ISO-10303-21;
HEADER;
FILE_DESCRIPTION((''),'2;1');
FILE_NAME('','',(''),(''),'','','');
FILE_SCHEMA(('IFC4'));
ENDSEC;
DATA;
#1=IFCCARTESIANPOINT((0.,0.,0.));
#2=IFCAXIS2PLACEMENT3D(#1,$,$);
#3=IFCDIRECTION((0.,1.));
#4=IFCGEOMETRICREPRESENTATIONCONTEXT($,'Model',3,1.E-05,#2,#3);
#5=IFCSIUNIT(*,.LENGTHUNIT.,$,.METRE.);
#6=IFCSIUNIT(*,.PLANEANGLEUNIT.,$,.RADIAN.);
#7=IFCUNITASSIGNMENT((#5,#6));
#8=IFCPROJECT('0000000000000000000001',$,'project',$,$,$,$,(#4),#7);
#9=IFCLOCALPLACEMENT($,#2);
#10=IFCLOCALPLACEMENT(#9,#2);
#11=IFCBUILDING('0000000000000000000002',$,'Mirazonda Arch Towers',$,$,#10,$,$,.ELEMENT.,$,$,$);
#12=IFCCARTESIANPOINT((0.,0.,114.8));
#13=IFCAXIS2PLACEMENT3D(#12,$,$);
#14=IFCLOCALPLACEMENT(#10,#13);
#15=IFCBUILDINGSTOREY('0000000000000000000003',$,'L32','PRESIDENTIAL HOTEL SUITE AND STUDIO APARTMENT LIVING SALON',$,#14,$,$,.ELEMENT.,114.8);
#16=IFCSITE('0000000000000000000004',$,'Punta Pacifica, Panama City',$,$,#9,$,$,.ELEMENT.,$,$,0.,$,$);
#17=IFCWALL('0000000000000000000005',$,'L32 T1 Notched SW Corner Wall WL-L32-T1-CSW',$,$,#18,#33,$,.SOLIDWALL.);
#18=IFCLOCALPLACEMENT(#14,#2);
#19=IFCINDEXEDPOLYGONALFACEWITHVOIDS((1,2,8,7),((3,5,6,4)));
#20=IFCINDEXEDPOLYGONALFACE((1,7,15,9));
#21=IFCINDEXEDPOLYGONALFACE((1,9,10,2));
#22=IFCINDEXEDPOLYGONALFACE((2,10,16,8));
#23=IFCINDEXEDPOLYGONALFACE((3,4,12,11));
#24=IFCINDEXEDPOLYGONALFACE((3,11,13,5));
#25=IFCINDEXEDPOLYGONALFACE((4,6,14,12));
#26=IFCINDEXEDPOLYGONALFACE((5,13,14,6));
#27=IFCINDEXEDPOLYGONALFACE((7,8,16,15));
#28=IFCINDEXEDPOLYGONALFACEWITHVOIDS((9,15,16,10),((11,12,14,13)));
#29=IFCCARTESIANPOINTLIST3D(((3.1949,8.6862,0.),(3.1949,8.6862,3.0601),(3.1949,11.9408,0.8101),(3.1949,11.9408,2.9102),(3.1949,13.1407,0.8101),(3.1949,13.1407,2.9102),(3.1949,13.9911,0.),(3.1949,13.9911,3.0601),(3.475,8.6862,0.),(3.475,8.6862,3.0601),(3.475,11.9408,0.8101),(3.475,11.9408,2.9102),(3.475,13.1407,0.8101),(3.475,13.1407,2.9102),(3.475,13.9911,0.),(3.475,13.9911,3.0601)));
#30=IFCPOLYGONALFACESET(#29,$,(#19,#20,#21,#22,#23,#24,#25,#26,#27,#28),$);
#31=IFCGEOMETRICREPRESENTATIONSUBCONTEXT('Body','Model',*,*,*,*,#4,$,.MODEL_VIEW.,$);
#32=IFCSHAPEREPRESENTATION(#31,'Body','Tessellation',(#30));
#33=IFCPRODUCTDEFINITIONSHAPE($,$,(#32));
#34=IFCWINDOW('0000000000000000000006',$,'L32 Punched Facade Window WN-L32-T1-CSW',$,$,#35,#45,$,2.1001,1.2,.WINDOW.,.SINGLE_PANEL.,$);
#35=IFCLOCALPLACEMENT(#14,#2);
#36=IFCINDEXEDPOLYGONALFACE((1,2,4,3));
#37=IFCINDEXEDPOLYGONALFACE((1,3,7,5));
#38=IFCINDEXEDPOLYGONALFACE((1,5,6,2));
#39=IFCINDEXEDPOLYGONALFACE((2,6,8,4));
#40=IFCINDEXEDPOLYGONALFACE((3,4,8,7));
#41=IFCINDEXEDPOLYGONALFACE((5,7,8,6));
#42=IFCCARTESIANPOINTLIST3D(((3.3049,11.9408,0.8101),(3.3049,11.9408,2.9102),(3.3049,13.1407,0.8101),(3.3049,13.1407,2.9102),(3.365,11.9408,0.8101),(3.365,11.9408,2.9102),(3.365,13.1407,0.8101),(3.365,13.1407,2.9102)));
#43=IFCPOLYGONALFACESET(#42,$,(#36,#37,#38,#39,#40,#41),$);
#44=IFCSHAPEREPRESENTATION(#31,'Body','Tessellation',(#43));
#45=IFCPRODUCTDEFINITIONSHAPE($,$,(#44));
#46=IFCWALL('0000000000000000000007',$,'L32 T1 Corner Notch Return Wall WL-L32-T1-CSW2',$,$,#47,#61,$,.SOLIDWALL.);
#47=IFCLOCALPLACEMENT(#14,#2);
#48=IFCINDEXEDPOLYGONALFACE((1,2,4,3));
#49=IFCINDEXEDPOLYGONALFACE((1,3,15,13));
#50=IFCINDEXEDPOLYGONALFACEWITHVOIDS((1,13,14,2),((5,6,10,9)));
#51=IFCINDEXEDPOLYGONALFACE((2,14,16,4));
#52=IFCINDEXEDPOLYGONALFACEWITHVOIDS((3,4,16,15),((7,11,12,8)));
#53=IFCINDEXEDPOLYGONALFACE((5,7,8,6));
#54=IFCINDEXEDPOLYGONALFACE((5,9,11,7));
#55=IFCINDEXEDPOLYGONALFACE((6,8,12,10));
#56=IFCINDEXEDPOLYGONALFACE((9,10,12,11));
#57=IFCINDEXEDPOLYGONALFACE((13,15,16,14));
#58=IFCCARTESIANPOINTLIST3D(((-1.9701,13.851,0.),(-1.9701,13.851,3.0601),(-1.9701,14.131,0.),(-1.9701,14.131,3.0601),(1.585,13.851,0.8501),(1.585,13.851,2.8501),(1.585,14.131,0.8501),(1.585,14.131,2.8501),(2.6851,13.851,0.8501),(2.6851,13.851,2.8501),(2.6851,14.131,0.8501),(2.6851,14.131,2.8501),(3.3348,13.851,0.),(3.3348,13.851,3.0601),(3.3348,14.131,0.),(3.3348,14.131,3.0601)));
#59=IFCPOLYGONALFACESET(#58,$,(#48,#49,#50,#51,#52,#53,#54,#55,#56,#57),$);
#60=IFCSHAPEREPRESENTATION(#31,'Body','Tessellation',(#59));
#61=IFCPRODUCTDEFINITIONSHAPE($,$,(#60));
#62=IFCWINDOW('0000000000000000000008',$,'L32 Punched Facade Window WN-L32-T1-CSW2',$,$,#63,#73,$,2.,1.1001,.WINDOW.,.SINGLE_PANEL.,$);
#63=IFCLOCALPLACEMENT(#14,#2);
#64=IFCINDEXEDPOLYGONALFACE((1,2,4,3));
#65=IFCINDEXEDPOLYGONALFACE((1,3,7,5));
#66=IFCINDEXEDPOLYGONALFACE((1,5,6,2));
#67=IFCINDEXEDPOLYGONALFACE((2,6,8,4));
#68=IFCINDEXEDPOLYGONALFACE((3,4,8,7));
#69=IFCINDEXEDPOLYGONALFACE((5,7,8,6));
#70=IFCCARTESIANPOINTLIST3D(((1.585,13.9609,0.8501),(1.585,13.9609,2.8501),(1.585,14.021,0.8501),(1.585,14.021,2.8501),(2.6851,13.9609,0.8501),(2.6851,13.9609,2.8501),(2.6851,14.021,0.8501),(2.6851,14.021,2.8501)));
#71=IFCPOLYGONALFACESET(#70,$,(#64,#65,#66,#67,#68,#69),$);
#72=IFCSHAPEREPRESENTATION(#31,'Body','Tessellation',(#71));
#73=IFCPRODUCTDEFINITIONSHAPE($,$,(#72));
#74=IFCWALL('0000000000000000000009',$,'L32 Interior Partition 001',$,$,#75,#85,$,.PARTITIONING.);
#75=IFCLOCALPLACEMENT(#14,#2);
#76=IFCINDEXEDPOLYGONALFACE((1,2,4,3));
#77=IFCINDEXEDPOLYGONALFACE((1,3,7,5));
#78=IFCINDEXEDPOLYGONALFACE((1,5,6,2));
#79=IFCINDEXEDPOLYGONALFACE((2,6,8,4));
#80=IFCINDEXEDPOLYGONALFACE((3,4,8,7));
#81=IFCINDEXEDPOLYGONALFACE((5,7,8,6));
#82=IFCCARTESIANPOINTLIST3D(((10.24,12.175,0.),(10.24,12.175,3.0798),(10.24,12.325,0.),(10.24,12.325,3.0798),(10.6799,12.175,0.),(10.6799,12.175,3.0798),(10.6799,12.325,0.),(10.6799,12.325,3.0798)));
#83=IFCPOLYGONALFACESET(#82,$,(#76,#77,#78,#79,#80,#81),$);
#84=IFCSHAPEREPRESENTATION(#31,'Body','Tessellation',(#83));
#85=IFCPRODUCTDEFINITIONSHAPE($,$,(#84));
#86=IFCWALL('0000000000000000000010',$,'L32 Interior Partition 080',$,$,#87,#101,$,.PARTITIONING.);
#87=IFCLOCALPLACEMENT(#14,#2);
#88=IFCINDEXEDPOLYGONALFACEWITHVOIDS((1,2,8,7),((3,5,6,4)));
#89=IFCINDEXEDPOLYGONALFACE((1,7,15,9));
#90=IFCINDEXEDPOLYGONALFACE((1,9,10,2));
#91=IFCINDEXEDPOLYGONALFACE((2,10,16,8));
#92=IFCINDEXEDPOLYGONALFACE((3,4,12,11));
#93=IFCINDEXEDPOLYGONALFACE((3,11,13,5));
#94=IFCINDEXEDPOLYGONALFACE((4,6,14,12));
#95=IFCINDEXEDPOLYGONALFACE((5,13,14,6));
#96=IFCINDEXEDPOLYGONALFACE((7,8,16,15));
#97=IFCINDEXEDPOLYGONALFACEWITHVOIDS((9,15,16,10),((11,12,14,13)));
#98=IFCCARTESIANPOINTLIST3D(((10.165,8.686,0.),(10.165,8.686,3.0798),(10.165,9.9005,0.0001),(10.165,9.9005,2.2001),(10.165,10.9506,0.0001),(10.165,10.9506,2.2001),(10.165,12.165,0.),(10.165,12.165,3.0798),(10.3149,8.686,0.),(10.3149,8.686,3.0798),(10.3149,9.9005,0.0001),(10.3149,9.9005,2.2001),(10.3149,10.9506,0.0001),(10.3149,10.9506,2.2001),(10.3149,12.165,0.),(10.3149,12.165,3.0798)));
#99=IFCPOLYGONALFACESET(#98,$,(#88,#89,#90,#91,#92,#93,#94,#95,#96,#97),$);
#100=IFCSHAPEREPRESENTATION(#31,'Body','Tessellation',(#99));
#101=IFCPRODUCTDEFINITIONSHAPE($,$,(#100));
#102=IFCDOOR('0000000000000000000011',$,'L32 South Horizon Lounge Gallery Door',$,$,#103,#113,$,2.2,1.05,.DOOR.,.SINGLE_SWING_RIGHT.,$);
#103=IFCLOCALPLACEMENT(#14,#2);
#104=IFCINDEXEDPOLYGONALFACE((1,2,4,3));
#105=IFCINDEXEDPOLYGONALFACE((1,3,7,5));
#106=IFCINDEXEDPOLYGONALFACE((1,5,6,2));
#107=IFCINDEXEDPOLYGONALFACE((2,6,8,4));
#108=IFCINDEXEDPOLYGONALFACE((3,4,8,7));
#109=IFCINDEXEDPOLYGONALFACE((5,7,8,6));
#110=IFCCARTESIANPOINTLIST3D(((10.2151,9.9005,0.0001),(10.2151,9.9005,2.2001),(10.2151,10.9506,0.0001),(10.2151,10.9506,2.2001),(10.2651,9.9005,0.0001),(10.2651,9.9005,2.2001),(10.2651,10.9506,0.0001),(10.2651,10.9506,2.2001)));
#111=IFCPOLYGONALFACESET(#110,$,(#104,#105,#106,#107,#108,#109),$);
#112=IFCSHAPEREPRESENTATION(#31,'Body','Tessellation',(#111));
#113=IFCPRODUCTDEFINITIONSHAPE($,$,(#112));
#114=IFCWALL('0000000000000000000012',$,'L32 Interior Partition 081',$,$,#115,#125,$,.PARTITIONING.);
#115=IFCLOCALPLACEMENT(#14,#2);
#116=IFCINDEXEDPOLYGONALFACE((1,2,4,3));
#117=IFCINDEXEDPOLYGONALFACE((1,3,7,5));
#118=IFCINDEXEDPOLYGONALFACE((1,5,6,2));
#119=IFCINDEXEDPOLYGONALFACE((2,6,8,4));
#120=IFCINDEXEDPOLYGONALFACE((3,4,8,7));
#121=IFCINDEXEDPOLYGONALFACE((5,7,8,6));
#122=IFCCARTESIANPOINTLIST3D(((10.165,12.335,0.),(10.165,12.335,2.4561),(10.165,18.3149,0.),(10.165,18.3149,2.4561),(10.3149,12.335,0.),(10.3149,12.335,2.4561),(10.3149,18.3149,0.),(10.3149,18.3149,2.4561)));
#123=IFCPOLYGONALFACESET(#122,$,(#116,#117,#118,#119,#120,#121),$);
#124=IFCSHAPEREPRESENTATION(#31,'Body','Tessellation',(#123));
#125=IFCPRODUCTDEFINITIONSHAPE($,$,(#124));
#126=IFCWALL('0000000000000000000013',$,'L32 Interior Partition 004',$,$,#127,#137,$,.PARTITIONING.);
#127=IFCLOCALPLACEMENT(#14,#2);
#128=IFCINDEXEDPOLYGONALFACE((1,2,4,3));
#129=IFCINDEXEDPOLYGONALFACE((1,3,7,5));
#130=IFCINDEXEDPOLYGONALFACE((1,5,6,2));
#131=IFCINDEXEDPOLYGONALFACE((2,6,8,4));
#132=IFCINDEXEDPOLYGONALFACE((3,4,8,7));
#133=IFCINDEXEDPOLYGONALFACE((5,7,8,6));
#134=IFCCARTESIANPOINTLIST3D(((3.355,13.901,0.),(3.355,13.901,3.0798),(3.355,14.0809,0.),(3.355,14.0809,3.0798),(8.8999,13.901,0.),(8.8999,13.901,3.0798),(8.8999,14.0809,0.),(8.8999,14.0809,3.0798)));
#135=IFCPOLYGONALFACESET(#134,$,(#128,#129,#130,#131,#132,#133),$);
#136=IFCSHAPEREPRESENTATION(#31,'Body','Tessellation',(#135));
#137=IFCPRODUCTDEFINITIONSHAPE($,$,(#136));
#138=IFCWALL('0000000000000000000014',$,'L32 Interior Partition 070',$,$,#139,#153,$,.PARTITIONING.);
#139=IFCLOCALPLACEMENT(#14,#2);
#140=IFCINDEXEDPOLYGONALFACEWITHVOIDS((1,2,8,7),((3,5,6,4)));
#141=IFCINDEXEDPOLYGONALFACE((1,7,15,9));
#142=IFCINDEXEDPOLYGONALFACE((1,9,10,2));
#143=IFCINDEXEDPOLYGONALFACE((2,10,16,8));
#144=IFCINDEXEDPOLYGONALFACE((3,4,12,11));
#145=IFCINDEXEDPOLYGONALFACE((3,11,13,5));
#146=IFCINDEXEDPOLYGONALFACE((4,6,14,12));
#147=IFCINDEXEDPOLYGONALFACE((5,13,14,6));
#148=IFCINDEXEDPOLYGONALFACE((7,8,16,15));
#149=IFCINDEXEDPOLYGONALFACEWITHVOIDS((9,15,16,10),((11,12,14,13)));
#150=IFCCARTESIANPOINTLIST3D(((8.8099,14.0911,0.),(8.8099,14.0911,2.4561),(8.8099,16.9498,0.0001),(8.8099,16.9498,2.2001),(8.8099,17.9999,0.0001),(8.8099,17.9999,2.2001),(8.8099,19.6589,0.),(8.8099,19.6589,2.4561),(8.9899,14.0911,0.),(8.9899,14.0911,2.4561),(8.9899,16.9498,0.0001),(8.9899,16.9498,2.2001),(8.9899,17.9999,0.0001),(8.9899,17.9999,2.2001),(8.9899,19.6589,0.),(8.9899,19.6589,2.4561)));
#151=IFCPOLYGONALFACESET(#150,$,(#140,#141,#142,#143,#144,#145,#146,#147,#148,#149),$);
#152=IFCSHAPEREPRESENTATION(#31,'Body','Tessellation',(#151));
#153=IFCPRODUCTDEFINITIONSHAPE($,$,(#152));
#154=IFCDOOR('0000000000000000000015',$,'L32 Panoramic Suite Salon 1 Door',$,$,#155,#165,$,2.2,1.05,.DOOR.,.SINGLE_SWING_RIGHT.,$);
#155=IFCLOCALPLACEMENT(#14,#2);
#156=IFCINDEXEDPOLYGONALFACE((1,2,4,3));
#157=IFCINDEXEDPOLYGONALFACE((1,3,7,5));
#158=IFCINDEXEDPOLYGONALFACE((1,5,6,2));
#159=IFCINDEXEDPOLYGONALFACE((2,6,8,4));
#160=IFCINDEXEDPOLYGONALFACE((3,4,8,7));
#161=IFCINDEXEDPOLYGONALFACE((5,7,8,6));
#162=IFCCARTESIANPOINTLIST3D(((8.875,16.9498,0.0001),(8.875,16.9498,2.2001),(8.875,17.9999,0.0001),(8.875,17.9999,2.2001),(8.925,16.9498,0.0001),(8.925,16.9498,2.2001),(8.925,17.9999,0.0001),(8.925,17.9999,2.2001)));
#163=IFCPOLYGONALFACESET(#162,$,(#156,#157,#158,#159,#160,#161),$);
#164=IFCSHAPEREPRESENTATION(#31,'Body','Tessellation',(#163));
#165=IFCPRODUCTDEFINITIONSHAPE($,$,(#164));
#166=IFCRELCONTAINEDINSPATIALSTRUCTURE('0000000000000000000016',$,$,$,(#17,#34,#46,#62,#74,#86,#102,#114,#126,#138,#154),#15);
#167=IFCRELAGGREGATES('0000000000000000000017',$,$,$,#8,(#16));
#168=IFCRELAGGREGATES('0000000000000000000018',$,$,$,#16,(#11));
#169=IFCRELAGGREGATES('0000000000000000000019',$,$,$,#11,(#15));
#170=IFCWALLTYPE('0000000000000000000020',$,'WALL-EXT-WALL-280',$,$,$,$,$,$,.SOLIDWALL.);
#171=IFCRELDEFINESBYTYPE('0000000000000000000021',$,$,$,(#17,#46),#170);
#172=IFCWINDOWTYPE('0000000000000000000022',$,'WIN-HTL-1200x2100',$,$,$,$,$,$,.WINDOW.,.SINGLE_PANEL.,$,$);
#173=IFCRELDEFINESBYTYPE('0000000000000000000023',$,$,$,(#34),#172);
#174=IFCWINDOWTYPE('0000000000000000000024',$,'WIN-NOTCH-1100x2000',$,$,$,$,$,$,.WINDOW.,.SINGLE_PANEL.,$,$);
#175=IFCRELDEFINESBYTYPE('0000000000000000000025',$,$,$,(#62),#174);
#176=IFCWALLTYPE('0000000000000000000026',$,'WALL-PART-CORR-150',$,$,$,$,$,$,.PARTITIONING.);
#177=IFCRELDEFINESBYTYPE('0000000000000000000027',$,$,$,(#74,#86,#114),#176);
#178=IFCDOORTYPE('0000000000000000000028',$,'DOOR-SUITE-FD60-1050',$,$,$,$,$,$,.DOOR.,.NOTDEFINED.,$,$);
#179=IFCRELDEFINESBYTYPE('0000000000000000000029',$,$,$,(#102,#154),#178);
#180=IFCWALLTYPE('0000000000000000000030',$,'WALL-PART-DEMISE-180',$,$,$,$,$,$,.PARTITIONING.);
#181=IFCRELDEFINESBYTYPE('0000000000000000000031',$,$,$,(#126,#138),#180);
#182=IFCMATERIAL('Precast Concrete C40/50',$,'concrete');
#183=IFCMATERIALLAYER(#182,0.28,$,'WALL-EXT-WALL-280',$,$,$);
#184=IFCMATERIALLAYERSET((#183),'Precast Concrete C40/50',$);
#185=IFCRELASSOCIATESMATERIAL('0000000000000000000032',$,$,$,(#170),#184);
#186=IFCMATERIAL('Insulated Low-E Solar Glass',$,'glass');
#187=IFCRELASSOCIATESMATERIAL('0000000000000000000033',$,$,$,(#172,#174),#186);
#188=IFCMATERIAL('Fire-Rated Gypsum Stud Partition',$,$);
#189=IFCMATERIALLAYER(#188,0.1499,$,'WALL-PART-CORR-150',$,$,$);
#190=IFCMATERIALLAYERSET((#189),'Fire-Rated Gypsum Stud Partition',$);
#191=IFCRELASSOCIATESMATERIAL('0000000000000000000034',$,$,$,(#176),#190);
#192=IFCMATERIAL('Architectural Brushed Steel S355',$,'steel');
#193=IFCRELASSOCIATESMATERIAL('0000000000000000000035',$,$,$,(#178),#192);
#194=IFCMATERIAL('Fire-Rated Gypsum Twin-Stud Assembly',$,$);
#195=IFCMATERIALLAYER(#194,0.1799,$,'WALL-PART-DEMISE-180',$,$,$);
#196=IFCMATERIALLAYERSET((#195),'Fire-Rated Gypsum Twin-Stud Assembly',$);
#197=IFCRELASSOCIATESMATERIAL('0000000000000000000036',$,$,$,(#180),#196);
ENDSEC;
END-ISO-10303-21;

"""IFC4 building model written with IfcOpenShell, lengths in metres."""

from ifc_helpers import new_model, si_unit, direction, frame, frame_2d, origin, place, context, subcontext, project, spatial, rectangle, extrude, material, layer, layer_set, type_object, element, fill, save


model = new_model("IFC4")

# Units and contexts
model_context = context("Model", 3, precision=1e-05, world=origin(), true_north=direction((0.0, 1.0)))
body_context = subcontext(model_context, "Body", "Model", "MODEL_VIEW")
ifc_project = project(units=[si_unit("LENGTHUNIT", "METRE"), si_unit("PLANEANGLEUNIT", "RADIAN")], contexts=[model_context])

# Site, building, storey
site_placement = place(None, origin())
site = spatial("IfcSite", under=ifc_project, at=site_placement, Name="Punta Pacifica, Panama City", CompositionType="ELEMENT", RefElevation=0.0)
building_placement = place(site_placement, origin())
building = spatial("IfcBuilding", under=site, at=building_placement, Name="Mirazonda Arch Towers", CompositionType="ELEMENT")
storey_placement = place(building_placement, frame((0.0, 0.0, 114.8)))
storey = spatial("IfcBuildingStorey", under=building, at=storey_placement, Name="L32", Description="PRESIDENTIAL HOTEL SUITE AND STUDIO APARTMENT LIVING SALON", CompositionType="ELEMENT", Elevation=114.8)

# Shared definitions
ifc_material_1 = material(Name="Insulated Low-E Solar Glass", Category="glass")

# Walls, openings, windows
ifc_material_2 = material(Name="Precast Concrete C40/50", Category="concrete")
ifc_layer_1 = layer(ifc_material_2, 0.28, Name="WALL-EXT-WALL-280")
ifc_layer_set_1 = layer_set([ifc_layer_1], Name="Precast Concrete C40/50")
wall_type_1 = type_object("IfcWallType", Name="WALL-EXT-WALL-280", PredefinedType="SOLIDWALL", material=ifc_layer_set_1)
wall_1_placement = place(storey_placement, frame((3.335, 13.991, 0.0), z_axis=(0.0, 0.0, 1.0), x_axis=(0.0, -1.0, 0.0)))
wall_1 = element("IfcWall", 1, at=wall_1_placement, inside=storey, type_object=wall_type_1, Name="L32 T1 Notched SW Corner Wall WL-L32-T1-CSW", PredefinedType="SOLIDWALL", context=body_context, shape_type="SweptSolid", body=[
    extrude(rectangle(XDim=5.3049, YDim=0.28, at=frame_2d((2.6523, 0.0))), origin(), (0.0, 0.0, 1.0), 3.0601),
])
opening_1_placement = place(wall_1_placement, frame((0.8501, 0.0, 0.8101)))
opening_1 = element("IfcOpeningElement", 2, at=opening_1_placement, cuts=wall_1, PredefinedType="OPENING", context=body_context, shape_type="SweptSolid", body=[
    extrude(rectangle(XDim=1.2, YDim=2.1001, at=frame_2d((0.6001, 1.05))), frame((0.0, 0.1499, 0.0), z_axis=(0.0, -1.0, 0.0), x_axis=(1.0, 0.0, 0.0)), (0.0, 0.0, 1.0), 0.3),
])
window_type_1 = type_object("IfcWindowType", Name="WIN-HTL-1200x2100", PartitioningType="SINGLE_PANEL", PredefinedType="WINDOW", material=ifc_material_1)
window_1_placement = place(opening_1_placement, origin())
window_1 = element("IfcWindow", 3, at=window_1_placement, inside=storey, type_object=window_type_1, Name="L32 Punched Facade Window WN-L32-T1-CSW", OverallHeight=2.1001, OverallWidth=1.2, PartitioningType="SINGLE_PANEL", PredefinedType="WINDOW", context=body_context, shape_type="SweptSolid", body=[
    extrude(rectangle(XDim=1.2, YDim=2.1001, at=frame_2d((0.6001, 1.05))), frame((0.0, 0.03, 0.0), z_axis=(0.0, -1.0, 0.0), x_axis=(1.0, 0.0, 0.0)), (0.0, 0.0, 1.0), 0.0601),
])
fill(opening_1, window_1)
wall_2_placement = place(storey_placement, frame((-1.97, 13.991, 0.0), z_axis=(0.0, 0.0, 1.0), x_axis=(1.0, 0.0, 0.0)))
wall_2 = element("IfcWall", 4, at=wall_2_placement, inside=storey, type_object=wall_type_1, Name="L32 T1 Corner Notch Return Wall WL-L32-T1-CSW2", PredefinedType="SOLIDWALL", context=body_context, shape_type="SweptSolid", body=[
    extrude(rectangle(XDim=5.3049, YDim=0.28, at=frame_2d((2.6523, 0.0))), origin(), (0.0, 0.0, 1.0), 3.0601),
])
opening_2_placement = place(wall_2_placement, frame((3.5549, 0.0, 0.8501)))
opening_2 = element("IfcOpeningElement", 5, at=opening_2_placement, cuts=wall_2, PredefinedType="OPENING", context=body_context, shape_type="SweptSolid", body=[
    extrude(rectangle(XDim=1.1001, YDim=2.0, at=frame_2d((0.55, 1.0))), frame((0.0, 0.1499, 0.0), z_axis=(0.0, -1.0, 0.0), x_axis=(1.0, 0.0, 0.0)), (0.0, 0.0, 1.0), 0.3),
])
window_type_2 = type_object("IfcWindowType", Name="WIN-NOTCH-1100x2000", PartitioningType="SINGLE_PANEL", PredefinedType="WINDOW", material=ifc_material_1)
window_2_placement = place(opening_2_placement, origin())
window_2 = element("IfcWindow", 6, at=window_2_placement, inside=storey, type_object=window_type_2, Name="L32 Punched Facade Window WN-L32-T1-CSW2", OverallHeight=2.0, OverallWidth=1.1001, PartitioningType="SINGLE_PANEL", PredefinedType="WINDOW", context=body_context, shape_type="SweptSolid", body=[
    extrude(rectangle(XDim=1.1001, YDim=2.0, at=frame_2d((0.55, 1.0))), frame((0.0, 0.03, 0.0), z_axis=(0.0, -1.0, 0.0), x_axis=(1.0, 0.0, 0.0)), (0.0, 0.0, 1.0), 0.0601),
])
fill(opening_2, window_2)

# Wall
ifc_material_3 = material(Name="Fire-Rated Gypsum Stud Partition")
ifc_layer_2 = layer(ifc_material_3, 0.1499, Name="WALL-PART-CORR-150")
ifc_layer_set_2 = layer_set([ifc_layer_2], Name="Fire-Rated Gypsum Stud Partition")
wall_type_2 = type_object("IfcWallType", Name="WALL-PART-CORR-150", PredefinedType="PARTITIONING", material=ifc_layer_set_2)
wall_3_placement = place(storey_placement, frame((10.24, 12.25, 0.0), z_axis=(0.0, 0.0, 1.0), x_axis=(1.0, 0.0, 0.0)))
element("IfcWall", 7, at=wall_3_placement, inside=storey, type_object=wall_type_2, Name="L32 Interior Partition 001", PredefinedType="PARTITIONING", context=body_context, shape_type="SweptSolid", body=[
    extrude(rectangle(XDim=0.4399, YDim=0.1499, at=frame_2d((0.22, 0.0))), origin(), (0.0, 0.0, 1.0), 3.0798),
])

# Wall, opening, door
wall_4_placement = place(storey_placement, frame((10.24, 8.686, 0.0), z_axis=(0.0, 0.0, 1.0), x_axis=(0.0, 1.0, 0.0)))
wall_4 = element("IfcWall", 8, at=wall_4_placement, inside=storey, type_object=wall_type_2, Name="L32 Interior Partition 080", PredefinedType="PARTITIONING", context=body_context, shape_type="SweptSolid", body=[
    extrude(rectangle(XDim=3.479, YDim=0.1499, at=frame_2d((1.7395, 0.0))), origin(), (0.0, 0.0, 1.0), 3.0798),
])
opening_3_placement = place(wall_4_placement, frame((1.2146, 0.0, 0.0)))
opening_3 = element("IfcOpeningElement", 9, at=opening_3_placement, cuts=wall_4, PredefinedType="OPENING", context=body_context, shape_type="SweptSolid", body=[
    extrude(rectangle(XDim=1.05, YDim=2.2, at=frame_2d((0.5249, 1.1001))), frame((0.0, 0.085, 0.0), z_axis=(0.0, -1.0, 0.0), x_axis=(1.0, 0.0, 0.0)), (0.0, 0.0, 1.0), 0.1699),
])
ifc_material_4 = material(Name="Architectural Brushed Steel S355", Category="steel")
door_type_1 = type_object("IfcDoorType", Name="DOOR-SUITE-FD60-1050", OperationType="NOTDEFINED", PredefinedType="DOOR", material=ifc_material_4)
door_1_placement = place(opening_3_placement, origin())
door_1 = element("IfcDoor", 10, at=door_1_placement, inside=storey, type_object=door_type_1, Name="L32 South Horizon Lounge Gallery Door", OperationType="SINGLE_SWING_RIGHT", OverallHeight=2.2, OverallWidth=1.05, PredefinedType="DOOR", context=body_context, shape_type="SweptSolid", body=[
    extrude(rectangle(XDim=1.05, YDim=2.2, at=frame_2d((0.5249, 1.1001))), frame((0.0, 0.0249, 0.0), z_axis=(0.0, -1.0, 0.0), x_axis=(1.0, 0.0, 0.0)), (0.0, 0.0, 1.0), 0.05),
])
fill(opening_3, door_1)

# Walls
wall_5_placement = place(storey_placement, frame((10.24, 12.335, 0.0), z_axis=(0.0, 0.0, 1.0), x_axis=(0.0, 1.0, 0.0)))
element("IfcWall", 11, at=wall_5_placement, inside=storey, type_object=wall_type_2, Name="L32 Interior Partition 081", PredefinedType="PARTITIONING", context=body_context, shape_type="SweptSolid", body=[
    extrude(rectangle(XDim=5.98, YDim=0.1499, at=frame_2d((2.99, 0.0))), origin(), (0.0, 0.0, 1.0), 2.4561),
])
ifc_material_5 = material(Name="Fire-Rated Gypsum Twin-Stud Assembly")
ifc_layer_3 = layer(ifc_material_5, 0.1799, Name="WALL-PART-DEMISE-180")
ifc_layer_set_3 = layer_set([ifc_layer_3], Name="Fire-Rated Gypsum Twin-Stud Assembly")
wall_type_3 = type_object("IfcWallType", Name="WALL-PART-DEMISE-180", PredefinedType="PARTITIONING", material=ifc_layer_set_3)
wall_6_placement = place(storey_placement, frame((3.355, 13.991, 0.0), z_axis=(0.0, 0.0, 1.0), x_axis=(1.0, 0.0, 0.0)))
element("IfcWall", 12, at=wall_6_placement, inside=storey, type_object=wall_type_3, Name="L32 Interior Partition 004", PredefinedType="PARTITIONING", context=body_context, shape_type="SweptSolid", body=[
    extrude(rectangle(XDim=5.5449, YDim=0.1799, at=frame_2d((2.7725, 0.0))), origin(), (0.0, 0.0, 1.0), 3.0798),
])

# Wall, opening, door
wall_7_placement = place(storey_placement, frame((8.8999, 14.0911, 0.0), z_axis=(0.0, 0.0, 1.0), x_axis=(0.0, 1.0, 0.0)))
wall_7 = element("IfcWall", 13, at=wall_7_placement, inside=storey, type_object=wall_type_3, Name="L32 Interior Partition 070", PredefinedType="PARTITIONING", context=body_context, shape_type="SweptSolid", body=[
    extrude(rectangle(XDim=5.5679, YDim=0.1799, at=frame_2d((2.7839, 0.0))), origin(), (0.0, 0.0, 1.0), 2.4561),
])
opening_4_placement = place(wall_7_placement, frame((2.8589, 0.0, 0.0)))
opening_4 = element("IfcOpeningElement", 14, at=opening_4_placement, cuts=wall_7, PredefinedType="OPENING", context=body_context, shape_type="SweptSolid", body=[
    extrude(rectangle(XDim=1.05, YDim=2.2, at=frame_2d((0.5249, 1.1001))), frame((0.0, 0.0999, 0.0), z_axis=(0.0, -1.0, 0.0), x_axis=(1.0, 0.0, 0.0)), (0.0, 0.0, 1.0), 0.2),
])
door_2_placement = place(opening_4_placement, origin())
door_2 = element("IfcDoor", 15, at=door_2_placement, inside=storey, type_object=door_type_1, Name="L32 Panoramic Suite Salon 1 Door", OperationType="SINGLE_SWING_RIGHT", OverallHeight=2.2, OverallWidth=1.05, PredefinedType="DOOR", context=body_context, shape_type="SweptSolid", body=[
    extrude(rectangle(XDim=1.05, YDim=2.2, at=frame_2d((0.5249, 1.1001))), frame((0.0, 0.0249, 0.0), z_axis=(0.0, -1.0, 0.0), x_axis=(1.0, 0.0, 0.0)), (0.0, 0.0, 1.0), 0.05),
])
fill(opening_4, door_2)

save(model, "model.ifc")
